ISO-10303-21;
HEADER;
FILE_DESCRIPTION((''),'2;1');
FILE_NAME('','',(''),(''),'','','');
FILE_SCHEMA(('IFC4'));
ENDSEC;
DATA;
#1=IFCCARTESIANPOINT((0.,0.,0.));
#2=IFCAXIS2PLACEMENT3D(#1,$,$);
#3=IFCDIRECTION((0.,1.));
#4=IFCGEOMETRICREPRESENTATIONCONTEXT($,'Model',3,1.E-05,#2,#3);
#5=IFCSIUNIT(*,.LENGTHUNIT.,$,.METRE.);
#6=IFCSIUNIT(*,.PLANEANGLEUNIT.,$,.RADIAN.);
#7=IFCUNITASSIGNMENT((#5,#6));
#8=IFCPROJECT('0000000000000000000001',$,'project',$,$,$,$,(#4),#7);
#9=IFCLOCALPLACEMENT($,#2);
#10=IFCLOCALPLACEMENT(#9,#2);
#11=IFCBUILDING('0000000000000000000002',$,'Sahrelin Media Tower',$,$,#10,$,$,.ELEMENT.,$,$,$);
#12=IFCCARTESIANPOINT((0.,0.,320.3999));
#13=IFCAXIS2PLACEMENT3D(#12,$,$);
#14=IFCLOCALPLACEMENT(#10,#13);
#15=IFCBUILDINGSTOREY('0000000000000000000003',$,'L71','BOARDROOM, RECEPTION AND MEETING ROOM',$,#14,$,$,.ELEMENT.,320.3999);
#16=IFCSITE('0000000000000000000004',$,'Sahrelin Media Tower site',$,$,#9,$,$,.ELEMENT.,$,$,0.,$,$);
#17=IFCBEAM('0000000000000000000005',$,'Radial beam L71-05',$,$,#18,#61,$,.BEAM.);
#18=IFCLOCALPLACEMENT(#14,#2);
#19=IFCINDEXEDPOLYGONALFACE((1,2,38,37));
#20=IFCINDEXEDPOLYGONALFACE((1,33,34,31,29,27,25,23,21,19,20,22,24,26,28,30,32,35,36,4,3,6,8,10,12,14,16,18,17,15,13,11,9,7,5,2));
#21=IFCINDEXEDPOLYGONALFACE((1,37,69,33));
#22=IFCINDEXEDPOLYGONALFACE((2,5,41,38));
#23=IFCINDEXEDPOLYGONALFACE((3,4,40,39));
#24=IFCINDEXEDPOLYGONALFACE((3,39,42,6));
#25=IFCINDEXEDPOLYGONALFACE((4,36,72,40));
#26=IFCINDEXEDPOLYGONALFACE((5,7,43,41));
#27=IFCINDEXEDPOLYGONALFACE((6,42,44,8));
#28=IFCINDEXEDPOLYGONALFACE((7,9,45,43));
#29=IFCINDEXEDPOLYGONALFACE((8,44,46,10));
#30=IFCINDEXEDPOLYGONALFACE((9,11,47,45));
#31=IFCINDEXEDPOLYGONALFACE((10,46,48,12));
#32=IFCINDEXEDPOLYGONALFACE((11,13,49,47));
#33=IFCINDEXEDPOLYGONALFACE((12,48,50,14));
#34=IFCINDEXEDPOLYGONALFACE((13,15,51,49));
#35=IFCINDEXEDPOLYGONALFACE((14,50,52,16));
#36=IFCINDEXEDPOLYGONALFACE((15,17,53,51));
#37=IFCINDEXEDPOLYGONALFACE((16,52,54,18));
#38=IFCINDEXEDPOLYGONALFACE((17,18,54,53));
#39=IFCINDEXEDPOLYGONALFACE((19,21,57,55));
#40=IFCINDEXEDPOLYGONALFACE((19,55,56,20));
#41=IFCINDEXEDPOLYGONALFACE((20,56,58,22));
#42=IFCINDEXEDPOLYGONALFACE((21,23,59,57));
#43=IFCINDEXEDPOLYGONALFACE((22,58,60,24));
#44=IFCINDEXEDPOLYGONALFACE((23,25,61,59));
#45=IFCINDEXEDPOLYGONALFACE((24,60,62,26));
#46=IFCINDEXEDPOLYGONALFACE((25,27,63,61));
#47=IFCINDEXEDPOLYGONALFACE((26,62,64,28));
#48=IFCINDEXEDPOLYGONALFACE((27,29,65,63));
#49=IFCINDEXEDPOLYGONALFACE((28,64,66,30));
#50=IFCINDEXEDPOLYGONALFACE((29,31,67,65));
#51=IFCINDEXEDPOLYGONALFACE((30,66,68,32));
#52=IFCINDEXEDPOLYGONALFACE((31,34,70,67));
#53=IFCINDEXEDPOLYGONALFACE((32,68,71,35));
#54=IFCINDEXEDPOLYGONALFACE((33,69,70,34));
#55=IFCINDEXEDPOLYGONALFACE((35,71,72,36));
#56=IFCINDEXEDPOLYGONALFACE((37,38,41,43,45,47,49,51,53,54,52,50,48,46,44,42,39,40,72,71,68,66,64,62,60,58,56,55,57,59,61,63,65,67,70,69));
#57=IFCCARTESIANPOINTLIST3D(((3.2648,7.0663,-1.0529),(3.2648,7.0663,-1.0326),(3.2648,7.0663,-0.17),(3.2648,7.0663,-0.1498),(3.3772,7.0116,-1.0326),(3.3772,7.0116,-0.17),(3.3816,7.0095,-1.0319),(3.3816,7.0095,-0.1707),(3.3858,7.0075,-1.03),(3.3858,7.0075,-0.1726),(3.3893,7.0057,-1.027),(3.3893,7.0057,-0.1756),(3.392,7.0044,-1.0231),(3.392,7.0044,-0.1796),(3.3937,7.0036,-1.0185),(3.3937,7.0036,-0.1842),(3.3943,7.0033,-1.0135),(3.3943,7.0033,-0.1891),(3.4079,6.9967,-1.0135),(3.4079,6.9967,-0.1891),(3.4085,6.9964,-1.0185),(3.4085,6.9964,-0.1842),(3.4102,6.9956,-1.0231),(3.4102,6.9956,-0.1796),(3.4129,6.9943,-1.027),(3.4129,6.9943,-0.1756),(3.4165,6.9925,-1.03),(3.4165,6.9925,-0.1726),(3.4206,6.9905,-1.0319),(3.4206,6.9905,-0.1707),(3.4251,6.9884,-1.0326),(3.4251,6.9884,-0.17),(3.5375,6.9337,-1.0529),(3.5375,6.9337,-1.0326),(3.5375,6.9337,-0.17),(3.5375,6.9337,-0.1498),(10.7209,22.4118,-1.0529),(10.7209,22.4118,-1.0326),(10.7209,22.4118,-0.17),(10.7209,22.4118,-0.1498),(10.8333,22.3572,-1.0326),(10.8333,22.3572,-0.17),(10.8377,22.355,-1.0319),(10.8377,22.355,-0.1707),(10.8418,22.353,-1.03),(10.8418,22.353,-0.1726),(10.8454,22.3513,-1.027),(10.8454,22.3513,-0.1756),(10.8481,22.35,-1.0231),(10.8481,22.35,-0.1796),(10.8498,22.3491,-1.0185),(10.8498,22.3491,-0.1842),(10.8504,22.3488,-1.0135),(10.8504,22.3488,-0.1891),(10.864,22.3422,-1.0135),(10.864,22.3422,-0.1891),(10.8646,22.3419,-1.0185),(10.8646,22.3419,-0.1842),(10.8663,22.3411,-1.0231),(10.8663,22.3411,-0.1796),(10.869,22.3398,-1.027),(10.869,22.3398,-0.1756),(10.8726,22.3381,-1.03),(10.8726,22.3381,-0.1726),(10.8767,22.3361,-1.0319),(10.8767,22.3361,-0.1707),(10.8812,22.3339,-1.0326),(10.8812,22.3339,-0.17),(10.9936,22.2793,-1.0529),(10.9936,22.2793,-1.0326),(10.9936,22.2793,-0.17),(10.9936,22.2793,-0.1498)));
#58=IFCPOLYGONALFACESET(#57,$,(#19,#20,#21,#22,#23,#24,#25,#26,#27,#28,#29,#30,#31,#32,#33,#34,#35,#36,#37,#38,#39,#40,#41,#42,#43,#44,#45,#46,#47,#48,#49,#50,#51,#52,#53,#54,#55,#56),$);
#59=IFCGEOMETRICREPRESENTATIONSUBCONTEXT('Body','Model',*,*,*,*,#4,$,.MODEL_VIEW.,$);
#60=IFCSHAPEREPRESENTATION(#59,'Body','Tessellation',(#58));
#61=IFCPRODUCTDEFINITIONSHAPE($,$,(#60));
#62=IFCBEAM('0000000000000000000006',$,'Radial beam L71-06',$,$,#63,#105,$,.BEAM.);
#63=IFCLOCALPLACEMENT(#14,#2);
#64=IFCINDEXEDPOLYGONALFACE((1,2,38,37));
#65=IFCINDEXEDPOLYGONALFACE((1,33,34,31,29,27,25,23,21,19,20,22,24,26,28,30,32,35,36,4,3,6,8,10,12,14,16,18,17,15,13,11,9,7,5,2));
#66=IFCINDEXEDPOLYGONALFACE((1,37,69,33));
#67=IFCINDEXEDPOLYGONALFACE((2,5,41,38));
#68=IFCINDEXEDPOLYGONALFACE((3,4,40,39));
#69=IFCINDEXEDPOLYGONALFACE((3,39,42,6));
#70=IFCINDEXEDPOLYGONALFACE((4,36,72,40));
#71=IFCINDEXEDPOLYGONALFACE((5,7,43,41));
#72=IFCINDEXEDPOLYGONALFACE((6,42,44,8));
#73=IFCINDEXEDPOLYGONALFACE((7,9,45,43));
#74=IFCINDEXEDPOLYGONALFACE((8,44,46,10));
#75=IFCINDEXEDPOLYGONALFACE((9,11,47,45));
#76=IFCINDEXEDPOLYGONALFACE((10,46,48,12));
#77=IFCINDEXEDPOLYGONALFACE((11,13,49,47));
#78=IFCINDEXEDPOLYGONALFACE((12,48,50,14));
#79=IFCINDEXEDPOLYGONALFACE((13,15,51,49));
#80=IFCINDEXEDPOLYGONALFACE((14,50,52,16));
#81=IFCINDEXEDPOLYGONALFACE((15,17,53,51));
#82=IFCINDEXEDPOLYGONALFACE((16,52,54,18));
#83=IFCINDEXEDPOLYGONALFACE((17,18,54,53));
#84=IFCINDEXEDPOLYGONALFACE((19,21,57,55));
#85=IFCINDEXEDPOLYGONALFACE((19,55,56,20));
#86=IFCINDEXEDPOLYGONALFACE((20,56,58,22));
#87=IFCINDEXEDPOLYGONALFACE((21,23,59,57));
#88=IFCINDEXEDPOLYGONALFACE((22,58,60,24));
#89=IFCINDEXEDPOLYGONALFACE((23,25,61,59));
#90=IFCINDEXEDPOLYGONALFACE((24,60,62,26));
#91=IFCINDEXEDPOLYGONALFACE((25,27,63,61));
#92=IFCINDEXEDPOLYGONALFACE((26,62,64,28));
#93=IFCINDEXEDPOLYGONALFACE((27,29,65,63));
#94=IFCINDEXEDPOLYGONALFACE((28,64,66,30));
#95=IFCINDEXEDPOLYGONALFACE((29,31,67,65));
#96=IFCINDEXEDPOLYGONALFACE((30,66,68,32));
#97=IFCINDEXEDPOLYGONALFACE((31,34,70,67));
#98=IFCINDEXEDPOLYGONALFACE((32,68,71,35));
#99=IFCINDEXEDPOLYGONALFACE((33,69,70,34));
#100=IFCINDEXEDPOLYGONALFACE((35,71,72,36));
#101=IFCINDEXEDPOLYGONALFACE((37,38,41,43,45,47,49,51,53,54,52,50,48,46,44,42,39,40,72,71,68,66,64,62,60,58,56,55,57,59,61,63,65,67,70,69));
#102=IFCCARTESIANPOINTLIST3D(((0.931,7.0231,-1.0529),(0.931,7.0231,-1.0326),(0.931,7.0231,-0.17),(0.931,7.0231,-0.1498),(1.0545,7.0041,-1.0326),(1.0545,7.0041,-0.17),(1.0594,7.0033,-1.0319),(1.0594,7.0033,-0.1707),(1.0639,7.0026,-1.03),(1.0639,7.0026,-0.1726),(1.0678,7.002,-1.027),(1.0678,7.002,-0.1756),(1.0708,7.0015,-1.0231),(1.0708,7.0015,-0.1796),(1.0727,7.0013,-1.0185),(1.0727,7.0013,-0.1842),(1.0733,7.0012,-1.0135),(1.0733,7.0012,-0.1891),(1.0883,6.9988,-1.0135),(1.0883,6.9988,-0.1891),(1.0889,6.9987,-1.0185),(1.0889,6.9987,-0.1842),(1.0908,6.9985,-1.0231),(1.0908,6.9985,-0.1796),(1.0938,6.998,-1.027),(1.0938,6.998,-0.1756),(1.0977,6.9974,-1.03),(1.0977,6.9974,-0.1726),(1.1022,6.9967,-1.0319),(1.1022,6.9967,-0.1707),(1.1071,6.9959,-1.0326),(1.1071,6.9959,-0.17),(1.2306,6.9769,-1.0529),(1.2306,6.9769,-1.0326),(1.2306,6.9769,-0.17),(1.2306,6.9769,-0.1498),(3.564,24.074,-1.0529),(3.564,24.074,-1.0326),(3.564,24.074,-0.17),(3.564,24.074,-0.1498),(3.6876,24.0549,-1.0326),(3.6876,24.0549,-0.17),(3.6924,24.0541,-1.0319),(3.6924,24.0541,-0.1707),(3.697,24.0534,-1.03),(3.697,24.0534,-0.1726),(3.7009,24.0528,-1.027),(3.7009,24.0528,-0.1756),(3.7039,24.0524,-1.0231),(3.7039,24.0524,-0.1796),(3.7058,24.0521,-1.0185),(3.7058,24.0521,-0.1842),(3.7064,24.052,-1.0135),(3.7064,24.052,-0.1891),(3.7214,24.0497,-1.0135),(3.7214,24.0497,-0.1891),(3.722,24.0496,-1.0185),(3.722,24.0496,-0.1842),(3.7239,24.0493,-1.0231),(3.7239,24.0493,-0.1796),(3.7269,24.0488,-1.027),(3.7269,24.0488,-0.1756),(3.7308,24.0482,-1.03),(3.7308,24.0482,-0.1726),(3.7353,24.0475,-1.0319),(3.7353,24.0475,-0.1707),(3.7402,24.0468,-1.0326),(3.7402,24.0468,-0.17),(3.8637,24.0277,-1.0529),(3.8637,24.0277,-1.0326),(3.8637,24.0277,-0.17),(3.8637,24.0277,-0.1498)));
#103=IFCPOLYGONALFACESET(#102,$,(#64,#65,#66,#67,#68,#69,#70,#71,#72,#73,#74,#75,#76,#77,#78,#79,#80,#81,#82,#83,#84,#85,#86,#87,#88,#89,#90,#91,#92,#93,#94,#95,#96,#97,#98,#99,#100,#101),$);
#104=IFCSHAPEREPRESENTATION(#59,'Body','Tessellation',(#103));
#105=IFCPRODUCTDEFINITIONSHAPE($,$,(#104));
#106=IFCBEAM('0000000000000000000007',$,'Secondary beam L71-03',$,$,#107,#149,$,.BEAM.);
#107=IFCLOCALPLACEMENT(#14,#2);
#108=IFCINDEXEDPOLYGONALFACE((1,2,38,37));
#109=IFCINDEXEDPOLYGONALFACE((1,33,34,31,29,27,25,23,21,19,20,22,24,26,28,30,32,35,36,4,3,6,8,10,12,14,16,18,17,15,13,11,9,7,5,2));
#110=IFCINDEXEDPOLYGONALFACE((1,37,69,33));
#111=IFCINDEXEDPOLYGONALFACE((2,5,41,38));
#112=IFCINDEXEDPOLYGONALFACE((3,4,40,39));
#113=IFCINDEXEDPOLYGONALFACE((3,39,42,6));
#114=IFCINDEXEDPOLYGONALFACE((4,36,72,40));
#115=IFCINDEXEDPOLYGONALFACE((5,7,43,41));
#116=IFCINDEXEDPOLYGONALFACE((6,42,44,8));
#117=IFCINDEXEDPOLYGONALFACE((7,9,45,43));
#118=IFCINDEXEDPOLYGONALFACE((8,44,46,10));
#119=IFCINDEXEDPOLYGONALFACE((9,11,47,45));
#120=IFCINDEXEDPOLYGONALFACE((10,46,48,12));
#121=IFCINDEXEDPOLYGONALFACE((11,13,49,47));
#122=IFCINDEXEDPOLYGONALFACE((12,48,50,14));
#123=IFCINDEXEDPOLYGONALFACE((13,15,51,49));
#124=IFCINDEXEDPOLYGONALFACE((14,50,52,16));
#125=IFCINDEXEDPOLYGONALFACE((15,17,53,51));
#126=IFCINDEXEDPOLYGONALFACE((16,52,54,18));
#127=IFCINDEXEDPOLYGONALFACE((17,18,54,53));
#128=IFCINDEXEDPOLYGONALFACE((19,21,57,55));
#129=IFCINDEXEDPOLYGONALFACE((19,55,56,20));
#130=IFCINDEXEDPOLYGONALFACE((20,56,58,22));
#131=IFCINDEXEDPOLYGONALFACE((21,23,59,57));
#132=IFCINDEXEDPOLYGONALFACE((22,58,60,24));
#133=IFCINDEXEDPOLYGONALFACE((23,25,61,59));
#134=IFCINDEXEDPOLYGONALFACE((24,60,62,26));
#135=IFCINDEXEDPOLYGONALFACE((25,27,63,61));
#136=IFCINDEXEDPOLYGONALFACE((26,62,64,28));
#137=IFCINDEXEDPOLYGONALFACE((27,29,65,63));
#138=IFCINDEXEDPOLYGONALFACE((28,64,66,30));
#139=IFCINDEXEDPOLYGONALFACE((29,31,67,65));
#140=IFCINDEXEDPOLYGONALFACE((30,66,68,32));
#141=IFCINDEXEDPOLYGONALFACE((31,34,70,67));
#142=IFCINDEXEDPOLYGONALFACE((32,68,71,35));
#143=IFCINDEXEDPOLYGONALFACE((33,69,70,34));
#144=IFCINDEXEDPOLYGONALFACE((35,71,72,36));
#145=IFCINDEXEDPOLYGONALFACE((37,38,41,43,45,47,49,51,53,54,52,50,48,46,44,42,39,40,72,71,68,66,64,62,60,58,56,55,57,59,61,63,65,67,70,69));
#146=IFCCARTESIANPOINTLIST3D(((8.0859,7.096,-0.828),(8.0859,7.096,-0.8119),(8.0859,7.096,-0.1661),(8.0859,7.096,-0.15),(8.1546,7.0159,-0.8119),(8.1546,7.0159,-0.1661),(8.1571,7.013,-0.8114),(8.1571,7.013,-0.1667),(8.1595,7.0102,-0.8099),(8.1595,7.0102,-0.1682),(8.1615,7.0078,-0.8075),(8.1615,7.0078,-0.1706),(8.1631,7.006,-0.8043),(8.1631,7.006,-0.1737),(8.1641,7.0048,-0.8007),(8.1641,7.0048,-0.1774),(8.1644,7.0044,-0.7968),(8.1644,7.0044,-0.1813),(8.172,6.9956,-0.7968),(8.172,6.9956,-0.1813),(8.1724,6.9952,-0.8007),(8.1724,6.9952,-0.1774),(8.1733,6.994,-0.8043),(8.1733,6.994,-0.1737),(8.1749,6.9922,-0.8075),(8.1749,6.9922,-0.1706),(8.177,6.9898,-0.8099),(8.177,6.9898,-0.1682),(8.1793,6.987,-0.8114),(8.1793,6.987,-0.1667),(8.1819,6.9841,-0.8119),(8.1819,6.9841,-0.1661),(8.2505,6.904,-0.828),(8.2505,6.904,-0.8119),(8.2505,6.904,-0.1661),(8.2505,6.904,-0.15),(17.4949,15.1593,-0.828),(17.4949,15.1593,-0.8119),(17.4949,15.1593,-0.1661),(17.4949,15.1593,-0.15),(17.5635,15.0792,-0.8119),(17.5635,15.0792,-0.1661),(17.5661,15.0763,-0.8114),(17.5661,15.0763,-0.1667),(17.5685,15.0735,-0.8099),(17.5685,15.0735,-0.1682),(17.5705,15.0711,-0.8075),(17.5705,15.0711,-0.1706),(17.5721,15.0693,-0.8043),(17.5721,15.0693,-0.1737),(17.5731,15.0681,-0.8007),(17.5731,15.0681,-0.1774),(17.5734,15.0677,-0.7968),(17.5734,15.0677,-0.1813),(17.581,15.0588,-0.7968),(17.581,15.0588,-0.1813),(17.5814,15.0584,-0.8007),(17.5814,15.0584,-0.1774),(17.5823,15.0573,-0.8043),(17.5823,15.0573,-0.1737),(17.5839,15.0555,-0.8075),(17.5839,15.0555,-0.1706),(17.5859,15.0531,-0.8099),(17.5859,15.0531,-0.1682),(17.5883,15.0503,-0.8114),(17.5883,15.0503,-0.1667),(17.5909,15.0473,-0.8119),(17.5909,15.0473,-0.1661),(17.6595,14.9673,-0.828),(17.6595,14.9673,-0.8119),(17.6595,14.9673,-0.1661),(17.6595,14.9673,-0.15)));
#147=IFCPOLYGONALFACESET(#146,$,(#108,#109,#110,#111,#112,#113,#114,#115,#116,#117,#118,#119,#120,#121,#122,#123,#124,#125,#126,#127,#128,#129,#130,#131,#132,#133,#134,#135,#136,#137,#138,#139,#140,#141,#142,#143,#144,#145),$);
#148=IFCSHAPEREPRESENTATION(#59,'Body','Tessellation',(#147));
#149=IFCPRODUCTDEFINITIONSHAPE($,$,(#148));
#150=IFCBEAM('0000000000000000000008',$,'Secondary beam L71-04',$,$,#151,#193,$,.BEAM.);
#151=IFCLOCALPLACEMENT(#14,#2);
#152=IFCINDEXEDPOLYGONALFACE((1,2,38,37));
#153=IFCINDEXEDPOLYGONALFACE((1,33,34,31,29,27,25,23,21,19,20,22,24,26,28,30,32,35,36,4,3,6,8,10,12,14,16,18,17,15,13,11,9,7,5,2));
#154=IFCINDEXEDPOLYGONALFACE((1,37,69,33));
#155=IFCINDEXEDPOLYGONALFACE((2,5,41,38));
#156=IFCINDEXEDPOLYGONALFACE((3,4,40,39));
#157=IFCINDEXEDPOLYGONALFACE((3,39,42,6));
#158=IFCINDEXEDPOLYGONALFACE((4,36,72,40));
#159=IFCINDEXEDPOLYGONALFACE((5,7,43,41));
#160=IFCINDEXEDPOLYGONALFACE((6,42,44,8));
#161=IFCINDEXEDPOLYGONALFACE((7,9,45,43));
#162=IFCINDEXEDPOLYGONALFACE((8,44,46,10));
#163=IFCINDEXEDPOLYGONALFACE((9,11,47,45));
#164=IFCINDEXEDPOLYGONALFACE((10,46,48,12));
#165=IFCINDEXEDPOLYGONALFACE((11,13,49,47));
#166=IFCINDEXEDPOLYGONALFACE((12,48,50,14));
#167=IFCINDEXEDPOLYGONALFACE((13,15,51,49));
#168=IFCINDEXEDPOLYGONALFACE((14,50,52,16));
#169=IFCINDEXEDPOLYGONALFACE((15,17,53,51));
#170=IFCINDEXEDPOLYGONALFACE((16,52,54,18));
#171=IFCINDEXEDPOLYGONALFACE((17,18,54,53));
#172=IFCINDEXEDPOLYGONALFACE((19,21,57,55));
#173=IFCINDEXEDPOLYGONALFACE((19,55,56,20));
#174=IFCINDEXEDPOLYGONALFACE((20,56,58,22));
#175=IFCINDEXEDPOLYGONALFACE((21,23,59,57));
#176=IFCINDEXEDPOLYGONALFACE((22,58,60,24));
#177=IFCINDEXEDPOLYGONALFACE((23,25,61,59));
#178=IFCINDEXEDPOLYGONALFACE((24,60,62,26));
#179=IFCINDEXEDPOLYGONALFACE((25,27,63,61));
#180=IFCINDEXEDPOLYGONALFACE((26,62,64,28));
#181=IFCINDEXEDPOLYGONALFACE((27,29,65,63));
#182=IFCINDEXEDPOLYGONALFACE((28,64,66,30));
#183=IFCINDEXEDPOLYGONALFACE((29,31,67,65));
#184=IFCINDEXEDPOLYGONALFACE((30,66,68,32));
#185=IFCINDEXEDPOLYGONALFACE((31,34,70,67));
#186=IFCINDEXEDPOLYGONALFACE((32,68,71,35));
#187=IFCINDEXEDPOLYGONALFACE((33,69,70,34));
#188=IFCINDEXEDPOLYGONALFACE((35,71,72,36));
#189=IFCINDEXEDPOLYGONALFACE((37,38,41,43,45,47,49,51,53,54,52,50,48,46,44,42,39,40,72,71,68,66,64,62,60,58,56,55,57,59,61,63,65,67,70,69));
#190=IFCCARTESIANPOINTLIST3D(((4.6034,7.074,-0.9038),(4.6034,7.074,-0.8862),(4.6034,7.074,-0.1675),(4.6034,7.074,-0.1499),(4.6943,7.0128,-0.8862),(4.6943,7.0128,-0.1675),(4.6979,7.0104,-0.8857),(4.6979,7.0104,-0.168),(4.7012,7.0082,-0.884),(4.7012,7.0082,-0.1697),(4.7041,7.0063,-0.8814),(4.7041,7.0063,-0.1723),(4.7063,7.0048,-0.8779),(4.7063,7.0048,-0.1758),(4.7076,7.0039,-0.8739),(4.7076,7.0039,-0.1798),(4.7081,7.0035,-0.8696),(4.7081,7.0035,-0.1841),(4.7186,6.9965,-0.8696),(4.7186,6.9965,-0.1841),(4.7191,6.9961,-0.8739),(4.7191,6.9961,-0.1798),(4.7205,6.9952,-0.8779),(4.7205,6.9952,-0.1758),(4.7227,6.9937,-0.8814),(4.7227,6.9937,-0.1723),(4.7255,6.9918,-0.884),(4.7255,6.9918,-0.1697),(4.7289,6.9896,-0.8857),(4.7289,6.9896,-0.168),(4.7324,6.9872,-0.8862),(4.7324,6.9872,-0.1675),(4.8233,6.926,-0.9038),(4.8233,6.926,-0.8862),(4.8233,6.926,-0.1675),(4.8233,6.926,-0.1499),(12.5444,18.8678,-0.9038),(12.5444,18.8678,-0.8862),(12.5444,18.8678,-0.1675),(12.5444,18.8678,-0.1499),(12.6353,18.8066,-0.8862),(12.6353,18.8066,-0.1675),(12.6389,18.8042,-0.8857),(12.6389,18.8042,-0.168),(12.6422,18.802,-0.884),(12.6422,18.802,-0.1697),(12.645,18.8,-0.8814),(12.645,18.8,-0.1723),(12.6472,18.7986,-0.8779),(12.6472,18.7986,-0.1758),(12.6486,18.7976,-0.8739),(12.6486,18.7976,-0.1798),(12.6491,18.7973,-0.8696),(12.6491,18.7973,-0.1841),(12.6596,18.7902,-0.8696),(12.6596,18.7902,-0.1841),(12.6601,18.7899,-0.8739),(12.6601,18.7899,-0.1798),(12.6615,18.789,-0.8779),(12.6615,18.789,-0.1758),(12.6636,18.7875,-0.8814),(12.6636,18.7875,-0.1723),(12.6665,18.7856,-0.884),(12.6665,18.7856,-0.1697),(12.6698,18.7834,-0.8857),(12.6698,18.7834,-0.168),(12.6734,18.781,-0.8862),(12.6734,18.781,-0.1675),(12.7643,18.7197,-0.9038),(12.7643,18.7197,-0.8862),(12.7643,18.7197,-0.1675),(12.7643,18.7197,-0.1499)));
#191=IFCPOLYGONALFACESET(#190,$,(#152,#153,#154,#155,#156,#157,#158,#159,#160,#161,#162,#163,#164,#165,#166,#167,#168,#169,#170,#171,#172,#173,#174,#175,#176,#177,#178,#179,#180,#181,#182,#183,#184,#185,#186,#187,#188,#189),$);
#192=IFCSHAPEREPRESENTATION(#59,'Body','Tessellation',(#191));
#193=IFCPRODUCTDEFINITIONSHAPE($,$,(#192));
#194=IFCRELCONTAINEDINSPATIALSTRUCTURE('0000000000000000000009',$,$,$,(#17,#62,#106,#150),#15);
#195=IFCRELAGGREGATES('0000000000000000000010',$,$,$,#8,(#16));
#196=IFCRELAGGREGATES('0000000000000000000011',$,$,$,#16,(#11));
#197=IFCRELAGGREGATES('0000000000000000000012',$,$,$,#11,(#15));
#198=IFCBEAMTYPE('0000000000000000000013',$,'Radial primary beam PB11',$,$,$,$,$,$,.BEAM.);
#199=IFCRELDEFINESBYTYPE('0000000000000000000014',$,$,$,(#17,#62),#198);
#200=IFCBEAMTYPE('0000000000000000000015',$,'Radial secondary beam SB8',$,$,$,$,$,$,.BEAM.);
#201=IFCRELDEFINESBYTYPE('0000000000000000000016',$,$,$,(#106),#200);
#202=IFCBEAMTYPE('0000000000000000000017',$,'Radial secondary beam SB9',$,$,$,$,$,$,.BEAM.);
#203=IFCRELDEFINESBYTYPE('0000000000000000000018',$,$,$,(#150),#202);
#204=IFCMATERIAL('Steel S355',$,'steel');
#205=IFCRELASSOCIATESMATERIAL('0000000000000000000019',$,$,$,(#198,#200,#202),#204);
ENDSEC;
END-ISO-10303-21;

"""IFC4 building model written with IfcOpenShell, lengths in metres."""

from ifc_helpers import new_model, si_unit, direction, frame, origin, origin_2d, place, context, subcontext, project, spatial, i_section, extrude, material, material_profile, profile_set, type_object, element, save


model = new_model("IFC4")

# Units and contexts
model_context = context("Model", 3, precision=1e-05, world=origin(), true_north=direction((0.0, 1.0)))
body_context = subcontext(model_context, "Body", "Model", "MODEL_VIEW")
ifc_project = project(units=[si_unit("LENGTHUNIT", "METRE"), si_unit("PLANEANGLEUNIT", "RADIAN")], contexts=[model_context])

# Site, building, storey
site_placement = place(None, origin())
site = spatial("IfcSite", under=ifc_project, at=site_placement, Name="Sahrelin Media Tower site", CompositionType="ELEMENT", RefElevation=0.0)
building_placement = place(site_placement, origin())
building = spatial("IfcBuilding", under=site, at=building_placement, Name="Sahrelin Media Tower", CompositionType="ELEMENT")
storey_placement = place(building_placement, frame((0.0, 0.0, 320.3999)))
storey = spatial("IfcBuildingStorey", under=building, at=storey_placement, Name="L71", Description="BOARDROOM, RECEPTION AND MEETING ROOM", CompositionType="ELEMENT", Elevation=320.3999)

# Shared definitions
ifc_material_1 = material(Name="Steel S355", Category="steel")

# Beams
ifc_material_profile_1 = material_profile(ifc_material_1, i_section(OverallWidth=0.3032, OverallDepth=0.9031, WebThickness=0.0151, FlangeThickness=0.0203, FilletRadius=0.019, at=origin_2d()), Name="UB 914x305x201")
ifc_profile_set_1 = profile_set([ifc_material_profile_1], Name="Steel S355")
beam_type_1 = type_object("IfcBeamType", Name="Radial primary beam PB11", PredefinedType="BEAM", material=ifc_profile_set_1)
beam_1_placement = place(storey_placement, frame((3.4011, 7.0, -0.6013), z_axis=(0.437025, 0.89945, 0.0), x_axis=(-0.89945, 0.437025, 0.0)))
element("IfcBeam", 1, at=beam_1_placement, inside=storey, type_object=beam_type_1, Name="Radial beam L71-05", PredefinedType="BEAM", context=body_context, shape_type="SweptSolid", body=[
    extrude(i_section(OverallWidth=0.3032, OverallDepth=0.9031, WebThickness=0.0151, FlangeThickness=0.0203, FilletRadius=0.019, at=origin_2d()), origin(), (0.0, 0.0, 1.0), 17.061),
])
beam_2_placement = place(storey_placement, frame((1.0808, 7.0, -0.6013), z_axis=(0.152615, 0.988286, 0.0), x_axis=(-0.988286, 0.152615, 0.0)))
element("IfcBeam", 2, at=beam_2_placement, inside=storey, type_object=beam_type_1, Name="Radial beam L71-06", PredefinedType="BEAM", context=body_context, shape_type="SweptSolid", body=[
    extrude(i_section(OverallWidth=0.3032, OverallDepth=0.9031, WebThickness=0.0151, FlangeThickness=0.0203, FilletRadius=0.019, at=origin_2d()), origin(), (0.0, 0.0, 1.0), 17.2529),
])
ifc_material_profile_2 = material_profile(ifc_material_1, i_section(OverallWidth=0.2529, OverallDepth=0.678, WebThickness=0.0117, FlangeThickness=0.0161, FilletRadius=0.0151, at=origin_2d()), Name="UB 686x254x125")
ifc_profile_set_2 = profile_set([ifc_material_profile_2], Name="Steel S355")
beam_type_2 = type_object("IfcBeamType", Name="Radial secondary beam SB8", PredefinedType="BEAM", material=ifc_profile_set_2)
beam_3_placement = place(storey_placement, frame((8.1682, 7.0, -0.489), z_axis=(0.759319, 0.650718, 0.0), x_axis=(-0.650718, 0.759319, 0.0)))
element("IfcBeam", 3, at=beam_3_placement, inside=storey, type_object=beam_type_2, Name="Secondary beam L71-03", PredefinedType="BEAM", context=body_context, shape_type="SweptSolid", body=[
    extrude(i_section(OverallWidth=0.2529, OverallDepth=0.678, WebThickness=0.0117, FlangeThickness=0.0161, FilletRadius=0.0151, at=origin_2d()), origin(), (0.0, 0.0, 1.0), 12.3914),
])
ifc_material_profile_3 = material_profile(ifc_material_1, i_section(OverallWidth=0.2651, OverallDepth=0.7539, WebThickness=0.0127, FlangeThickness=0.0176, FilletRadius=0.0166, at=origin_2d()), Name="UB 762x267x147")
ifc_profile_set_3 = profile_set([ifc_material_profile_3], Name="Steel S355")
beam_type_3 = type_object("IfcBeamType", Name="Radial secondary beam SB9", PredefinedType="BEAM", material=ifc_profile_set_3)
beam_4_placement = place(storey_placement, frame((4.7134, 7.0, -0.5269), z_axis=(0.558514, 0.829495, 0.0), x_axis=(-0.829495, 0.558514, 0.0)))
element("IfcBeam", 4, at=beam_4_placement, inside=storey, type_object=beam_type_3, Name="Secondary beam L71-04", PredefinedType="BEAM", context=body_context, shape_type="SweptSolid", body=[
    extrude(i_section(OverallWidth=0.2651, OverallDepth=0.7539, WebThickness=0.0127, FlangeThickness=0.0176, FilletRadius=0.0166, at=origin_2d()), origin(), (0.0, 0.0, 1.0), 14.218),
])

save(model, "model.ifc")
